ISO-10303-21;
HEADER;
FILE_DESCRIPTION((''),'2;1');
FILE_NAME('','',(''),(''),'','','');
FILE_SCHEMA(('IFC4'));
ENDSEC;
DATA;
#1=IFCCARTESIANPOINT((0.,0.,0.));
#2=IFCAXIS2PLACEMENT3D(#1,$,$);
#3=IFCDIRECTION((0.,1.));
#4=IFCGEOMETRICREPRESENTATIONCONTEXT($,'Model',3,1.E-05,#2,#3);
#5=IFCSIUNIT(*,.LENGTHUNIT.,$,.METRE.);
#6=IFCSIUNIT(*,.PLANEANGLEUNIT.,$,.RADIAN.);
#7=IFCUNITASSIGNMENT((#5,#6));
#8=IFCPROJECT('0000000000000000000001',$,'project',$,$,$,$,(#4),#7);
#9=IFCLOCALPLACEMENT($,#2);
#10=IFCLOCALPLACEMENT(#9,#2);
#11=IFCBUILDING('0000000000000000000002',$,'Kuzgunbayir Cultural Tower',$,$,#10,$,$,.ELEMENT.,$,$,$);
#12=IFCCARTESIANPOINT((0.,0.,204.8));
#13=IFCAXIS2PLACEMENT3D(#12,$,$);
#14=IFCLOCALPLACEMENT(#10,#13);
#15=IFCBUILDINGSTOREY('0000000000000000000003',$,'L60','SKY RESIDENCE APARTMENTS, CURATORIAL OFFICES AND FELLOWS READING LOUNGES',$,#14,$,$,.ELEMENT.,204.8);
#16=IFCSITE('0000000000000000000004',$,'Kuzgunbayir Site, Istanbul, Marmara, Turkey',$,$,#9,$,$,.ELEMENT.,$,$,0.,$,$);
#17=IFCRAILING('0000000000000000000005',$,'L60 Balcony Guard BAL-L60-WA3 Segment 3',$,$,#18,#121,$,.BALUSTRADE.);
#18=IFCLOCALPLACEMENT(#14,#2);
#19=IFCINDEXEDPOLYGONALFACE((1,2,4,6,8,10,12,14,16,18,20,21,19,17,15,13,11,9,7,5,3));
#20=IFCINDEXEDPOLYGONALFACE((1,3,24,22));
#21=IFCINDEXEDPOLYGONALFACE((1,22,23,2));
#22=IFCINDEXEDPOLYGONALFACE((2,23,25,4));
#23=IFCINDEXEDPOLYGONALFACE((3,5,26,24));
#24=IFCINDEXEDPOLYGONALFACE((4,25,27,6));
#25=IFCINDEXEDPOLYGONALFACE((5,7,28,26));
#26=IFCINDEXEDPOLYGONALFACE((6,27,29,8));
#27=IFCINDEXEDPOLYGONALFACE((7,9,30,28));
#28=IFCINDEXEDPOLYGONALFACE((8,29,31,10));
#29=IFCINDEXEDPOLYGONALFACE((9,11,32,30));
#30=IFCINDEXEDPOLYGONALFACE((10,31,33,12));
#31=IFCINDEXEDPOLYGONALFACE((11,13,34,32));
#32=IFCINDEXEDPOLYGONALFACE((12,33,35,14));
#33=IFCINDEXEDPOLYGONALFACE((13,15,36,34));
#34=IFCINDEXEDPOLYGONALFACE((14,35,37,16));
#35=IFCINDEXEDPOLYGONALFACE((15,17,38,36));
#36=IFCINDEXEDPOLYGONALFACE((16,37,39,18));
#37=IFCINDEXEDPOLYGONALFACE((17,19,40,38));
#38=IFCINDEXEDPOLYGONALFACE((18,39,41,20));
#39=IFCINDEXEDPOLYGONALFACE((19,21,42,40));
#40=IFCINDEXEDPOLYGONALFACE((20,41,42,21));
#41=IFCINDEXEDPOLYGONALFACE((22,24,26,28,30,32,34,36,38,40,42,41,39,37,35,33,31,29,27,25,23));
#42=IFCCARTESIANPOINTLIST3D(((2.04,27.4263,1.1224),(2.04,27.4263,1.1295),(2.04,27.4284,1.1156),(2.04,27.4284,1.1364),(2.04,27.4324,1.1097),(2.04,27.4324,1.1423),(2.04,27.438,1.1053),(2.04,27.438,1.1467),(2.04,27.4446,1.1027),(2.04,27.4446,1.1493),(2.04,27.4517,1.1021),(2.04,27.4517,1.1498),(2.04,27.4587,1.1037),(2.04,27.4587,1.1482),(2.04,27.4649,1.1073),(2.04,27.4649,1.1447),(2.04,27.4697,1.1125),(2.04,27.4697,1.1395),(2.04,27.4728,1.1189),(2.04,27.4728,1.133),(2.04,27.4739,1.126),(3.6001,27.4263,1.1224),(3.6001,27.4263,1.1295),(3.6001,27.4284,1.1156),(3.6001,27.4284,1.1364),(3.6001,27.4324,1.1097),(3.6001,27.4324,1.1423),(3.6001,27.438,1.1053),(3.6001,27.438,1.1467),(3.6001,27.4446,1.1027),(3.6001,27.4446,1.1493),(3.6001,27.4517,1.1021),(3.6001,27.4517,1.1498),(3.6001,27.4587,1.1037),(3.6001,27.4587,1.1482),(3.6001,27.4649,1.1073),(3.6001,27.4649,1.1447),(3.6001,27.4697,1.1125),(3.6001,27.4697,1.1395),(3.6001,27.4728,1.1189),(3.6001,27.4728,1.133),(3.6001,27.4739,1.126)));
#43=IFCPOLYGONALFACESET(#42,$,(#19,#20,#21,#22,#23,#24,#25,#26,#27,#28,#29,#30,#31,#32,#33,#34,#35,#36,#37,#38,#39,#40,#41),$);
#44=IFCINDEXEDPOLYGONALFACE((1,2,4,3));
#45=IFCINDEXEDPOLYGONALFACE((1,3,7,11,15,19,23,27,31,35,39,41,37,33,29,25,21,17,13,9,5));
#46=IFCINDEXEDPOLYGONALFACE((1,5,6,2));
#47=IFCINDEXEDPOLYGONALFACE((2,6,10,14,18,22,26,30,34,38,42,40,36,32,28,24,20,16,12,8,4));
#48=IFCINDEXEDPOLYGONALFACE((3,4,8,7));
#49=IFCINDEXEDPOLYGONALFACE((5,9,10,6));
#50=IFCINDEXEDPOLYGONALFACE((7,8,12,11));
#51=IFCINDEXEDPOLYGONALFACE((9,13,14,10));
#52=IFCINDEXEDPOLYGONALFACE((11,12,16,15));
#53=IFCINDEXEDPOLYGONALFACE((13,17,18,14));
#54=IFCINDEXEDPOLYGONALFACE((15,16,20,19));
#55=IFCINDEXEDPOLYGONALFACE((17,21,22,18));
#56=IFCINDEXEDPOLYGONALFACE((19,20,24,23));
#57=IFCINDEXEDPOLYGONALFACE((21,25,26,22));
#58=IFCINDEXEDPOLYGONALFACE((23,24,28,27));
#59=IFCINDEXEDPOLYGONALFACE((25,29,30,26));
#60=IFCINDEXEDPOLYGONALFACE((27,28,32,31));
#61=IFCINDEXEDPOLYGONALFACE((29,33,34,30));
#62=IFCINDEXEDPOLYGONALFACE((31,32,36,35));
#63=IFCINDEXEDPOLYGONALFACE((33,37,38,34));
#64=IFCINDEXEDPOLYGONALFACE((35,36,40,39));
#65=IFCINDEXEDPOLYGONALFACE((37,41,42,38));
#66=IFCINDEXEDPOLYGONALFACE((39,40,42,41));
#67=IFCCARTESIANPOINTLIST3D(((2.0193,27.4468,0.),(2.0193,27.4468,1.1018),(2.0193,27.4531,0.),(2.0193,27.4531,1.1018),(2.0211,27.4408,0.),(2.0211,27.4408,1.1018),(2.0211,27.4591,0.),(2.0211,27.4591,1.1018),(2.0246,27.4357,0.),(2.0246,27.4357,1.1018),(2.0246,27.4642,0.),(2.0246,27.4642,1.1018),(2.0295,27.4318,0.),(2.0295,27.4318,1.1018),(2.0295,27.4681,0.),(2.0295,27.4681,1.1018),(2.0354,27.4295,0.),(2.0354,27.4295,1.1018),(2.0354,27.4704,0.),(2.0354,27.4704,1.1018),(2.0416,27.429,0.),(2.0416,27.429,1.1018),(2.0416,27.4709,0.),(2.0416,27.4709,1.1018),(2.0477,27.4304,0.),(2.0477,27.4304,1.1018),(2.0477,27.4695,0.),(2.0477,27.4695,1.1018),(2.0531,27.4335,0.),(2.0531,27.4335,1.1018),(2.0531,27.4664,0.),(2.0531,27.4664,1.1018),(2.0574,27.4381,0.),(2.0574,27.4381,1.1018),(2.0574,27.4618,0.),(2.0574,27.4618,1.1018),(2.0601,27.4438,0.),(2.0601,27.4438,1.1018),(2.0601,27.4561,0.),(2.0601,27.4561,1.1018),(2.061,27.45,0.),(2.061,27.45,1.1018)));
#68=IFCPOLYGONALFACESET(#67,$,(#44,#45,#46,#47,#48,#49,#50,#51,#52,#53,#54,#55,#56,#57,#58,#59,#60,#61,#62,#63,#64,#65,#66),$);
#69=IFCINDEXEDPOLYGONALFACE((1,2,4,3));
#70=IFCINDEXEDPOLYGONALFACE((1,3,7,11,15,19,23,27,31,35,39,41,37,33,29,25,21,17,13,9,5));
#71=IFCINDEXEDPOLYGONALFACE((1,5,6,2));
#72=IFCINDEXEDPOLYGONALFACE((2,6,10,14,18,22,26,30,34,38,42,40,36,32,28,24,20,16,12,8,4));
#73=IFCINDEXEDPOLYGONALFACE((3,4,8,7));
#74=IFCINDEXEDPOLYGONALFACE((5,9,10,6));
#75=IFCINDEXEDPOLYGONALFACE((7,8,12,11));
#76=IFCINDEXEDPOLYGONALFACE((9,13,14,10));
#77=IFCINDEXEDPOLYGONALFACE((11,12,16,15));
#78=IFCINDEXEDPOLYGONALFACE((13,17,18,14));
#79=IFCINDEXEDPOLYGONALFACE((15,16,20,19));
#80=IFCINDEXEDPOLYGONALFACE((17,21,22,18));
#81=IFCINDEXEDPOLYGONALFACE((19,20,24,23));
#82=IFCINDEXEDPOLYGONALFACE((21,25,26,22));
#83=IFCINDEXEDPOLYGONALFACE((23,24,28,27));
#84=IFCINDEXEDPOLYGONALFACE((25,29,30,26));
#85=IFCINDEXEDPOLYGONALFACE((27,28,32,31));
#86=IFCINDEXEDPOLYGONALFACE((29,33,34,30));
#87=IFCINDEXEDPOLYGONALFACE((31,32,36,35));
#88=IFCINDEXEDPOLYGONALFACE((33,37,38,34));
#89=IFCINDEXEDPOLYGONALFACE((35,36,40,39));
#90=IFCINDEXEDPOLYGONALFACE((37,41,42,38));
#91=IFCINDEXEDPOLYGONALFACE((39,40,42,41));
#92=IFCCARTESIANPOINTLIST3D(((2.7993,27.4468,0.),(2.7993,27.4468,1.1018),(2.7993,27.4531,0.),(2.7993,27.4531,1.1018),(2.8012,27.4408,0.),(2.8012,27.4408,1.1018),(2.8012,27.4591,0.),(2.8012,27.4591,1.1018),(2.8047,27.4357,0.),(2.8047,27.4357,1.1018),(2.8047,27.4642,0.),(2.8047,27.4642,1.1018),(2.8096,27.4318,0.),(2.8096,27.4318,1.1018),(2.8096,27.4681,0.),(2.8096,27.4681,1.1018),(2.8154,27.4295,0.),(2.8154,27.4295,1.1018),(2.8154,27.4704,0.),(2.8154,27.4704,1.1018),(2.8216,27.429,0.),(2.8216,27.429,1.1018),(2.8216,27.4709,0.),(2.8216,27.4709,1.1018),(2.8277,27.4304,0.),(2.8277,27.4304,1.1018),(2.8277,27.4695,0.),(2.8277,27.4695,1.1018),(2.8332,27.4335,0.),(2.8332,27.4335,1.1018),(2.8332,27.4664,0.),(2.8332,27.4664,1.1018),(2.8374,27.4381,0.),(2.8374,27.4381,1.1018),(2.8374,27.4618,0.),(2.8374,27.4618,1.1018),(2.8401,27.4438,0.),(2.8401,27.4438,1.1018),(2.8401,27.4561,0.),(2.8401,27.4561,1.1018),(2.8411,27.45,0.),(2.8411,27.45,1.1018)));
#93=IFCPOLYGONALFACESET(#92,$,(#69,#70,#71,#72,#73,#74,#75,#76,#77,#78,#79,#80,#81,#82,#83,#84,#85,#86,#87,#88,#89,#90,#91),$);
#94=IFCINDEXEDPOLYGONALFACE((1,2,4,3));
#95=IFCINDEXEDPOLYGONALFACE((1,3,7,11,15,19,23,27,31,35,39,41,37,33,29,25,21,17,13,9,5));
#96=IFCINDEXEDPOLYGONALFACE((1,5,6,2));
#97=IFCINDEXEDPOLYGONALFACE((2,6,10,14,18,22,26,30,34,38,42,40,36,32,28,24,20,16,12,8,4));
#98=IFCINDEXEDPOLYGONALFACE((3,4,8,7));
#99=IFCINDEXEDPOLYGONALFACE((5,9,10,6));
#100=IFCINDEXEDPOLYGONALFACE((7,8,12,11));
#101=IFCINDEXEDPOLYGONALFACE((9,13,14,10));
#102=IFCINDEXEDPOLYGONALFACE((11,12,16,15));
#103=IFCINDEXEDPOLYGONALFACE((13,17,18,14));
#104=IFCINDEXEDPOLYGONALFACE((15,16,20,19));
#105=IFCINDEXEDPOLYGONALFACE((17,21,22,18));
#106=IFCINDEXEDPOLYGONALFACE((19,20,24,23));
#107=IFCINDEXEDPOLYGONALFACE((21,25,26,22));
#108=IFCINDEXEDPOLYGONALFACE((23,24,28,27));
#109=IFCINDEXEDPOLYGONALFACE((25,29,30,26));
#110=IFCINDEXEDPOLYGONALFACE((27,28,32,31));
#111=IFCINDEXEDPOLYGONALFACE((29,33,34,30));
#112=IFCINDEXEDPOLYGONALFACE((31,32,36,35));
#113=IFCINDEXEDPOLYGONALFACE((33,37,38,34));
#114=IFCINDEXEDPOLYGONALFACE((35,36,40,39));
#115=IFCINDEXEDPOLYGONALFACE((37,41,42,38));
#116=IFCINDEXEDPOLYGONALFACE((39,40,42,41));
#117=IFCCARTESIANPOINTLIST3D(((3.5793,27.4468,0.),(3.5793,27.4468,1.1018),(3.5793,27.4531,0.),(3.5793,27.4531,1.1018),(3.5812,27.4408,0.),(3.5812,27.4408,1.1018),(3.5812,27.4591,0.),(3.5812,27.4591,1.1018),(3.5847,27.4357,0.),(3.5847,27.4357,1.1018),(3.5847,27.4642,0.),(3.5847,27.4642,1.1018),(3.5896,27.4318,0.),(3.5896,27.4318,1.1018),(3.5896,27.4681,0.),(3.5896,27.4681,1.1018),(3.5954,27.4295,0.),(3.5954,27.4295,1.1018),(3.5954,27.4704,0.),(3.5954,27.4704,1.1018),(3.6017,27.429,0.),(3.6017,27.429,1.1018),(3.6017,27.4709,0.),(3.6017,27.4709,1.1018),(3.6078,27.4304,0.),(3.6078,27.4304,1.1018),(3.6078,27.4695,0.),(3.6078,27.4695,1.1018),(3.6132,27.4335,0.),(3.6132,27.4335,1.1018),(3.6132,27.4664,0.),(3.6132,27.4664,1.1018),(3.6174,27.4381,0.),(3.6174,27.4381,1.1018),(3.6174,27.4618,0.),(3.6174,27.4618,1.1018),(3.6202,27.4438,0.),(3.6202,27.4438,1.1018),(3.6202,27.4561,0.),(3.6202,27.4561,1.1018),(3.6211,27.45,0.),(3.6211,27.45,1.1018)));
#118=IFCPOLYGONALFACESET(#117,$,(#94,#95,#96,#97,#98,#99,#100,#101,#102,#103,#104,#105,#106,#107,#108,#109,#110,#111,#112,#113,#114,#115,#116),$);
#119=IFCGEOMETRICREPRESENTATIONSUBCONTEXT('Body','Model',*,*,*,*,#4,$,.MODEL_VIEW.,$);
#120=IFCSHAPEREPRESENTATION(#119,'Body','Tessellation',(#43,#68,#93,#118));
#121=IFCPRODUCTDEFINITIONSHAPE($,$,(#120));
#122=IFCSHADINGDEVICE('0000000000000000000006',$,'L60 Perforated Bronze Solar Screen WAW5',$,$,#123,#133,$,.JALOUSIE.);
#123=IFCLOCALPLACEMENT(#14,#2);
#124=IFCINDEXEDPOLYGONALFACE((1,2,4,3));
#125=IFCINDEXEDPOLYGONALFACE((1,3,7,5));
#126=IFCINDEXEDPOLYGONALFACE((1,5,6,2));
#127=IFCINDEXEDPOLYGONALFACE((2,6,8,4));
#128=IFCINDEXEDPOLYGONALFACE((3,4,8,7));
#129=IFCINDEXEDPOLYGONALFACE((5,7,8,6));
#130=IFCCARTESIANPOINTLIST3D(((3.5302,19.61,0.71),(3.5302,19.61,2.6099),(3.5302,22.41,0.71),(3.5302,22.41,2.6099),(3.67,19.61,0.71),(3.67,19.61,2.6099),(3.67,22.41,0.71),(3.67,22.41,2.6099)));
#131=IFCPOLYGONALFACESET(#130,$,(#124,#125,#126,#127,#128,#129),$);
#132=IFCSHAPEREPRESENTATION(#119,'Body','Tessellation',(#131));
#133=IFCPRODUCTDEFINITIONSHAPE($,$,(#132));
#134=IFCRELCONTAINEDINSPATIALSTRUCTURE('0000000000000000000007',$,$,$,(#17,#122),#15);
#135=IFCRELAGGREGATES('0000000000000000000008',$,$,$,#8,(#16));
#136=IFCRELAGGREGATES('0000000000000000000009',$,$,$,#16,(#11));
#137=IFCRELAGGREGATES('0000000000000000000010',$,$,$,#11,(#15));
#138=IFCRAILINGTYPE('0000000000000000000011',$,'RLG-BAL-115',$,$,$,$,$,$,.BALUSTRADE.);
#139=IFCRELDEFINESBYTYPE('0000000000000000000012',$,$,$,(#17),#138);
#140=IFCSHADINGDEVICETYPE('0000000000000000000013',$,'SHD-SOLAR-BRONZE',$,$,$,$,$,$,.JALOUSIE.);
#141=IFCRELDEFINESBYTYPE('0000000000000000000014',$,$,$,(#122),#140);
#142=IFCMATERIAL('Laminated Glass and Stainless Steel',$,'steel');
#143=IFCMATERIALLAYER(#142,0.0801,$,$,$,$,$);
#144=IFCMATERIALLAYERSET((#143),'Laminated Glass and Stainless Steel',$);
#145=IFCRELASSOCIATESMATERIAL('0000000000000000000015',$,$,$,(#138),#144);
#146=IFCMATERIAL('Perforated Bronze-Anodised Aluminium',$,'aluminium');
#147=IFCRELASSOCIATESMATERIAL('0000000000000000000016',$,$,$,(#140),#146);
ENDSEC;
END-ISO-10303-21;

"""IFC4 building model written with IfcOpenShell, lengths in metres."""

from ifc_helpers import new_model, si_unit, direction, frame, origin, origin_2d, place, context, subcontext, project, spatial, rectangle, circle, extrude, material, layer, layer_set, type_object, element, save


model = new_model("IFC4")

# Units and contexts
model_context = context("Model", 3, precision=1e-05, world=origin(), true_north=direction((0.0, 1.0)))
body_context = subcontext(model_context, "Body", "Model", "MODEL_VIEW")
ifc_project = project(units=[si_unit("LENGTHUNIT", "METRE"), si_unit("PLANEANGLEUNIT", "RADIAN")], contexts=[model_context])

# Site, building, storey
site_placement = place(None, origin())
site = spatial("IfcSite", under=ifc_project, at=site_placement, Name="Kuzgunbayir Site, Istanbul, Marmara, Turkey", CompositionType="ELEMENT", RefElevation=0.0)
building_placement = place(site_placement, origin())
building = spatial("IfcBuilding", under=site, at=building_placement, Name="Kuzgunbayir Cultural Tower", CompositionType="ELEMENT")
storey_placement = place(building_placement, frame((0.0, 0.0, 204.8)))
storey = spatial("IfcBuildingStorey", under=building, at=storey_placement, Name="L60", Description="SKY RESIDENCE APARTMENTS, CURATORIAL OFFICES AND FELLOWS READING LOUNGES", CompositionType="ELEMENT", Elevation=204.8)

# Shared definitions
ifc_material_1 = material(Name="Perforated Bronze-Anodised Aluminium", Category="aluminium")

# Railing
ifc_material_2 = material(Name="Laminated Glass and Stainless Steel", Category="steel")
ifc_layer_1 = layer(ifc_material_2, 0.0801)
ifc_layer_set_1 = layer_set([ifc_layer_1], Name="Laminated Glass and Stainless Steel")
railing_type = type_object("IfcRailingType", Name="RLG-BAL-115", PredefinedType="BALUSTRADE", material=ifc_layer_set_1)
railing_1_placement = place(storey_placement, frame((2.04, 27.45, 0.0)))
element("IfcRailing", 1, at=railing_1_placement, inside=storey, type_object=railing_type, Name="L60 Balcony Guard BAL-L60-WA3 Segment 3", PredefinedType="BALUSTRADE", context=body_context, shape_type="SweptSolid", body=[
    extrude(circle(Radius=0.0239, at=origin_2d()), frame((0.0, 0.0, 1.126), z_axis=(1.0, 0.0, 0.0), x_axis=(0.0, 1.0, 0.0)), (0.0, 0.0, 1.0), 1.5601),
    extrude(circle(Radius=0.021, at=origin_2d()), origin(), (0.0, 0.0, 1.0), 1.1018),
    extrude(circle(Radius=0.021, at=origin_2d()), frame((0.78, 0.0, 0.0)), (0.0, 0.0, 1.0), 1.1018),
    extrude(circle(Radius=0.021, at=origin_2d()), frame((1.5601, 0.0, 0.0)), (0.0, 0.0, 1.0), 1.1018),
])

# Shading device
shading_device_type = type_object("IfcShadingDeviceType", Name="SHD-SOLAR-BRONZE", PredefinedType="JALOUSIE", material=ifc_material_1)
shading_device_placement = place(storey_placement, frame((3.6001, 21.01, 0.71), z_axis=(0.0, 0.0, 1.0), x_axis=(1.0, 0.0, 0.0)))
element("IfcShadingDevice", 2, at=shading_device_placement, inside=storey, type_object=shading_device_type, Name="L60 Perforated Bronze Solar Screen WAW5", PredefinedType="JALOUSIE", context=body_context, shape_type="SweptSolid", body=[
    extrude(rectangle(XDim=0.1399, YDim=2.8, at=origin_2d()), origin(), (0.0, 0.0, 1.0), 1.8999),
])

save(model, "model.ifc")
